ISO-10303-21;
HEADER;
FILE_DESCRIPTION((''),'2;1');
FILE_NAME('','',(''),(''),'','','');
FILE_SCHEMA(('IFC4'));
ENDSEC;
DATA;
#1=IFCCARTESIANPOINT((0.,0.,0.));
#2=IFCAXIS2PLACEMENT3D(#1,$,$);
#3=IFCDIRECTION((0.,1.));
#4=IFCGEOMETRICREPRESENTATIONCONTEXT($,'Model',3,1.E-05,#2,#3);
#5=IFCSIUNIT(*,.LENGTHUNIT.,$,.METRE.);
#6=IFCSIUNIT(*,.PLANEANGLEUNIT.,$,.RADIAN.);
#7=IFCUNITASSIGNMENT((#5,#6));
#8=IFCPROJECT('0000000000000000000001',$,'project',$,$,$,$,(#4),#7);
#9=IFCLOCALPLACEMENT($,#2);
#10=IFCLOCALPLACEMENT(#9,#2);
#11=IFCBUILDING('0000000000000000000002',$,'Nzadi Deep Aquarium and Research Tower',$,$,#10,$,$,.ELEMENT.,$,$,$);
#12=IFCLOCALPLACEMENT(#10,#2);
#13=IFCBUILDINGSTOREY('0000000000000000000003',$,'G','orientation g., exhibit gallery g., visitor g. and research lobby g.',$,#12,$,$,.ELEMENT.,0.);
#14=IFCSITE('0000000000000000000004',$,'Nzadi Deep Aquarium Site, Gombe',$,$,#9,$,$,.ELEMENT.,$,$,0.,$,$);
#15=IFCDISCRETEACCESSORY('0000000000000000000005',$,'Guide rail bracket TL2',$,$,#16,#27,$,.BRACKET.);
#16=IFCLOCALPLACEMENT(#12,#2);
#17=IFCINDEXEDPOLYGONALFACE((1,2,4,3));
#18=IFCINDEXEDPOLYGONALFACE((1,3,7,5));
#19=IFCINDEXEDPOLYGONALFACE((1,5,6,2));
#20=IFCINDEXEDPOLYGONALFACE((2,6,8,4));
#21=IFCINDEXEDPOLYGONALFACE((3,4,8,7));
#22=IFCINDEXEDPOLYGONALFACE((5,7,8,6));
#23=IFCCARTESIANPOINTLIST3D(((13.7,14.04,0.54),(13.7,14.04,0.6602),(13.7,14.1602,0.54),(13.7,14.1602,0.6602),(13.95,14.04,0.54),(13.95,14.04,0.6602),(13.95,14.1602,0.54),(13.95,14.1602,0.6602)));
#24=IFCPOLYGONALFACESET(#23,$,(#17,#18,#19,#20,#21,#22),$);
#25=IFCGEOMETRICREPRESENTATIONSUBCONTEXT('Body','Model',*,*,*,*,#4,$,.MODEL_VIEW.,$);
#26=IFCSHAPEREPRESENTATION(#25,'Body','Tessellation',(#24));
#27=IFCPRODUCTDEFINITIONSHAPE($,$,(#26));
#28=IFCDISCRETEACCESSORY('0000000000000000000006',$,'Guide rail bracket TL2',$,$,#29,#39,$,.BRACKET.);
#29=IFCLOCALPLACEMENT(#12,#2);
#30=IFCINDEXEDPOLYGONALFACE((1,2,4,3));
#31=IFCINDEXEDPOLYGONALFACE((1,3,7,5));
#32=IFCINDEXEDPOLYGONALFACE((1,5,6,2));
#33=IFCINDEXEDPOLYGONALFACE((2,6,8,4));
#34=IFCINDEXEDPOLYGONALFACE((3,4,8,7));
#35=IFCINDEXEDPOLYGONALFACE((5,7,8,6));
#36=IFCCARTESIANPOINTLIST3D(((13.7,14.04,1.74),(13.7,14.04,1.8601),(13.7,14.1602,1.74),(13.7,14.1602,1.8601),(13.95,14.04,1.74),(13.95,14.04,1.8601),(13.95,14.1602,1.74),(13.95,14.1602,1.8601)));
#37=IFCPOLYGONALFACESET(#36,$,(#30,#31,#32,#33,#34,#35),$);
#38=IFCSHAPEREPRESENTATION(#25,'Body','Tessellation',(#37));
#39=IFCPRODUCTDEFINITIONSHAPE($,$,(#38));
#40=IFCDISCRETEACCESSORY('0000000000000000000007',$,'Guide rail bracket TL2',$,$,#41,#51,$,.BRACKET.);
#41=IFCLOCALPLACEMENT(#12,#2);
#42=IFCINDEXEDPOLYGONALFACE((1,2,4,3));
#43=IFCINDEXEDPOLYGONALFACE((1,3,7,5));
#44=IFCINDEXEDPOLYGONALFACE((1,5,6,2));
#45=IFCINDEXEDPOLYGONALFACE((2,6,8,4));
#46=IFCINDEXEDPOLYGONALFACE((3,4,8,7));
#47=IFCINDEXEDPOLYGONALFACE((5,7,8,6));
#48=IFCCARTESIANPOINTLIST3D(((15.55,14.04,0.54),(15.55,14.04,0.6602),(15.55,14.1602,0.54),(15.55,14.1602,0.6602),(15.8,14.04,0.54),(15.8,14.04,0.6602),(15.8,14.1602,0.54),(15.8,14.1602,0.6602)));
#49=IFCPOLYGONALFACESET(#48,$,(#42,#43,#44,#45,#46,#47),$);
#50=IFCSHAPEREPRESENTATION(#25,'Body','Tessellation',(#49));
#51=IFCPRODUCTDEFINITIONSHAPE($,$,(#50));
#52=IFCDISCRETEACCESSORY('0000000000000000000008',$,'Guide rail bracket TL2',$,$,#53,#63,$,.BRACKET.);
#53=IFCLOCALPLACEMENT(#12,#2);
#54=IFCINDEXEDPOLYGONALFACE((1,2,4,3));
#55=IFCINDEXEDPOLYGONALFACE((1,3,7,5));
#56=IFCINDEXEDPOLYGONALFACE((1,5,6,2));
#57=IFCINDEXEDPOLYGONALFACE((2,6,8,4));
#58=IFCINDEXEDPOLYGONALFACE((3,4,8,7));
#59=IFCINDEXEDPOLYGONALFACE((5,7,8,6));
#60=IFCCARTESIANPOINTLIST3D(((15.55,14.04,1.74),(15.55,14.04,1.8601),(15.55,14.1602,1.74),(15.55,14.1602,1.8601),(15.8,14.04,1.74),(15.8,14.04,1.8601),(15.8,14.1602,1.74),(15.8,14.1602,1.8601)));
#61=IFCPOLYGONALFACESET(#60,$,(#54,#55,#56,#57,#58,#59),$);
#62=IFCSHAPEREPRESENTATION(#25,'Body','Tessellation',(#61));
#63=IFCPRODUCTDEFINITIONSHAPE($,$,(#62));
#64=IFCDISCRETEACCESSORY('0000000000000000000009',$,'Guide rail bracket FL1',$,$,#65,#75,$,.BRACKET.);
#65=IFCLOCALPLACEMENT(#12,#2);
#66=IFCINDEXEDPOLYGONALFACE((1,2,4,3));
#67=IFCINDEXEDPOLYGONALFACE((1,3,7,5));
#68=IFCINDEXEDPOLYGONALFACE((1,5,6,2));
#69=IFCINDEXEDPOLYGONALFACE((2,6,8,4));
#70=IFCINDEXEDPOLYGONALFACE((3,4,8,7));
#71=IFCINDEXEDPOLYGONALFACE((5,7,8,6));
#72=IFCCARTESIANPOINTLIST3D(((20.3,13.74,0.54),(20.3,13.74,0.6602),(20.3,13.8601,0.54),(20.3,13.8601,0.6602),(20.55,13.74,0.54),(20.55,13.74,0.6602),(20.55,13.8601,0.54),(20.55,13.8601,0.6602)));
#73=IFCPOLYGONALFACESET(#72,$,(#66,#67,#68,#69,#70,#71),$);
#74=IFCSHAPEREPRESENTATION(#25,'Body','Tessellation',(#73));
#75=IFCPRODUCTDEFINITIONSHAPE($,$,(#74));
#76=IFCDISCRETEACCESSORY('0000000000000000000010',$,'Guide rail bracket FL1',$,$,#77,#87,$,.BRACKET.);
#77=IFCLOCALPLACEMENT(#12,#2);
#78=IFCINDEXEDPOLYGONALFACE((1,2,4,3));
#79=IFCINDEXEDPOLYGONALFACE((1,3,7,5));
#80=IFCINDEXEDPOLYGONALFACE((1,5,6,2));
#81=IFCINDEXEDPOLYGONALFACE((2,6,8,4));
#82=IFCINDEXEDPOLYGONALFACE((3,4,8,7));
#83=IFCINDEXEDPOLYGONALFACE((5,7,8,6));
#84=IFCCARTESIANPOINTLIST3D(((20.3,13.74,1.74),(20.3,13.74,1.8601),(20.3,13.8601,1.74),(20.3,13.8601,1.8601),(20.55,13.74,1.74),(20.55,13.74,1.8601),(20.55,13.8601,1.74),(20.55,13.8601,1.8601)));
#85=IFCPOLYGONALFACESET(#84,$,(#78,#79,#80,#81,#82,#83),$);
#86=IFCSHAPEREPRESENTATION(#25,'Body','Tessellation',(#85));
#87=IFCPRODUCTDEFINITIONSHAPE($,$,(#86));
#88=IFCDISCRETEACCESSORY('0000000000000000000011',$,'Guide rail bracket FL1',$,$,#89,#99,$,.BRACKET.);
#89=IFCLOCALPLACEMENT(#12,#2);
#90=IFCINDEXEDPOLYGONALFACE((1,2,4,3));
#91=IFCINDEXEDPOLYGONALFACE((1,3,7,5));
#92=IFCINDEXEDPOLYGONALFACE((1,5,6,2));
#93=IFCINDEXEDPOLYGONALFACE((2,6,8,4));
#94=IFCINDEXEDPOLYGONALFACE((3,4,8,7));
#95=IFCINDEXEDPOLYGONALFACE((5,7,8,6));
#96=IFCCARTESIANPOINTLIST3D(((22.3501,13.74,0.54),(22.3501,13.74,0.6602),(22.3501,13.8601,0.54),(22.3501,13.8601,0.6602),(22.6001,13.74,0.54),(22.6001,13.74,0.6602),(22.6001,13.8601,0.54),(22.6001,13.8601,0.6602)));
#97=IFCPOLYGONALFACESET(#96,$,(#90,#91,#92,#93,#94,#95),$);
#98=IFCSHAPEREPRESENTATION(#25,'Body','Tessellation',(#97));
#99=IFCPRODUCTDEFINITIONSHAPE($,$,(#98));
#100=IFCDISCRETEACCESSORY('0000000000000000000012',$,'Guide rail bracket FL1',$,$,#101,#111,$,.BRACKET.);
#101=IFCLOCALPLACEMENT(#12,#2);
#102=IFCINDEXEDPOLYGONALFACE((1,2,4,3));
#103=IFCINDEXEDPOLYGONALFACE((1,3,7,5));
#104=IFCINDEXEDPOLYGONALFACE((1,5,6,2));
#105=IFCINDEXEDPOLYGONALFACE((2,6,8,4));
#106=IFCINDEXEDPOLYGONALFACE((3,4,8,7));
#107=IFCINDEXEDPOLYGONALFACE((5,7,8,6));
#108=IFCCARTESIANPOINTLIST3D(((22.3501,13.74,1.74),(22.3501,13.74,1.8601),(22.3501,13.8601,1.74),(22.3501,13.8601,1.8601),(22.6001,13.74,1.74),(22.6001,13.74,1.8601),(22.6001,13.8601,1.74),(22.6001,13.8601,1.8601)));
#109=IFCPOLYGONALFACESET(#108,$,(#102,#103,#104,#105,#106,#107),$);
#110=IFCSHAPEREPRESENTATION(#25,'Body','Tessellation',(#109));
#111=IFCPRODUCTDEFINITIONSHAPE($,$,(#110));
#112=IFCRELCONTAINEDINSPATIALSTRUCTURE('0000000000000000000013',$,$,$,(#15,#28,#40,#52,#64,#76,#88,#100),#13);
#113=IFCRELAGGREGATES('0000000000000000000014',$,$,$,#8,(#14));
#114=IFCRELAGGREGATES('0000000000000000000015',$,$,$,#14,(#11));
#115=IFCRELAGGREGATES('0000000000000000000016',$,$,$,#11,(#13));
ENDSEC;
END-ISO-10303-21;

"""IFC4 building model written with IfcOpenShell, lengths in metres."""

from ifc_helpers import new_model, si_unit, direction, frame, origin, origin_2d, place, context, subcontext, project, spatial, rectangle, extrude, element, save


model = new_model("IFC4")

# Units and contexts
model_context = context("Model", 3, precision=1e-05, world=origin(), true_north=direction((0.0, 1.0)))
body_context = subcontext(model_context, "Body", "Model", "MODEL_VIEW")
ifc_project = project(units=[si_unit("LENGTHUNIT", "METRE"), si_unit("PLANEANGLEUNIT", "RADIAN")], contexts=[model_context])

# Site, building, storey
site_placement = place(None, origin())
site = spatial("IfcSite", under=ifc_project, at=site_placement, Name="Nzadi Deep Aquarium Site, Gombe", CompositionType="ELEMENT", RefElevation=0.0)
building_placement = place(site_placement, origin())
building = spatial("IfcBuilding", under=site, at=building_placement, Name="Nzadi Deep Aquarium and Research Tower", CompositionType="ELEMENT")
storey_placement = place(building_placement, origin())
storey = spatial("IfcBuildingStorey", under=building, at=storey_placement, Name="G", Description="orientation g., exhibit gallery g., visitor g. and research lobby g.", CompositionType="ELEMENT", Elevation=0.0)

# Discrete accessories
for number, where, z_axis, x_axis, name in (
    (1, (13.825, 14.1001, 0.54), (0.0, 0.0, 1.0), (1.0, 0.0, 0.0), "Guide rail bracket TL2"),
    (2, (13.825, 14.1001, 1.74), (0.0, 0.0, 1.0), (1.0, 0.0, 0.0), "Guide rail bracket TL2"),
    (3, (15.675, 14.1001, 0.54), (0.0, 0.0, 1.0), (1.0, 0.0, 0.0), "Guide rail bracket TL2"),
    (4, (15.675, 14.1001, 1.74), (0.0, 0.0, 1.0), (1.0, 0.0, 0.0), "Guide rail bracket TL2"),
    (5, (20.425, 13.8, 0.54), (0.0, 0.0, 1.0), (1.0, 0.0, 0.0), "Guide rail bracket FL1"),
    (6, (20.425, 13.8, 1.74), (0.0, 0.0, 1.0), (1.0, 0.0, 0.0), "Guide rail bracket FL1"),
    (7, (22.4751, 13.8, 0.54), (0.0, 0.0, 1.0), (1.0, 0.0, 0.0), "Guide rail bracket FL1"),
    (8, (22.4751, 13.8, 1.74), (0.0, 0.0, 1.0), (1.0, 0.0, 0.0), "Guide rail bracket FL1"),
):
    element("IfcDiscreteAccessory", number, at=place(storey_placement, frame(where, z_axis=z_axis, x_axis=x_axis)), inside=storey, Name=name, PredefinedType="BRACKET", context=body_context, shape_type="SweptSolid", body=[
        extrude(rectangle(XDim=0.25, YDim=0.1201, at=origin_2d()), origin(), (0.0, 0.0, 1.0), 0.1201),
    ])

save(model, "model.ifc")
